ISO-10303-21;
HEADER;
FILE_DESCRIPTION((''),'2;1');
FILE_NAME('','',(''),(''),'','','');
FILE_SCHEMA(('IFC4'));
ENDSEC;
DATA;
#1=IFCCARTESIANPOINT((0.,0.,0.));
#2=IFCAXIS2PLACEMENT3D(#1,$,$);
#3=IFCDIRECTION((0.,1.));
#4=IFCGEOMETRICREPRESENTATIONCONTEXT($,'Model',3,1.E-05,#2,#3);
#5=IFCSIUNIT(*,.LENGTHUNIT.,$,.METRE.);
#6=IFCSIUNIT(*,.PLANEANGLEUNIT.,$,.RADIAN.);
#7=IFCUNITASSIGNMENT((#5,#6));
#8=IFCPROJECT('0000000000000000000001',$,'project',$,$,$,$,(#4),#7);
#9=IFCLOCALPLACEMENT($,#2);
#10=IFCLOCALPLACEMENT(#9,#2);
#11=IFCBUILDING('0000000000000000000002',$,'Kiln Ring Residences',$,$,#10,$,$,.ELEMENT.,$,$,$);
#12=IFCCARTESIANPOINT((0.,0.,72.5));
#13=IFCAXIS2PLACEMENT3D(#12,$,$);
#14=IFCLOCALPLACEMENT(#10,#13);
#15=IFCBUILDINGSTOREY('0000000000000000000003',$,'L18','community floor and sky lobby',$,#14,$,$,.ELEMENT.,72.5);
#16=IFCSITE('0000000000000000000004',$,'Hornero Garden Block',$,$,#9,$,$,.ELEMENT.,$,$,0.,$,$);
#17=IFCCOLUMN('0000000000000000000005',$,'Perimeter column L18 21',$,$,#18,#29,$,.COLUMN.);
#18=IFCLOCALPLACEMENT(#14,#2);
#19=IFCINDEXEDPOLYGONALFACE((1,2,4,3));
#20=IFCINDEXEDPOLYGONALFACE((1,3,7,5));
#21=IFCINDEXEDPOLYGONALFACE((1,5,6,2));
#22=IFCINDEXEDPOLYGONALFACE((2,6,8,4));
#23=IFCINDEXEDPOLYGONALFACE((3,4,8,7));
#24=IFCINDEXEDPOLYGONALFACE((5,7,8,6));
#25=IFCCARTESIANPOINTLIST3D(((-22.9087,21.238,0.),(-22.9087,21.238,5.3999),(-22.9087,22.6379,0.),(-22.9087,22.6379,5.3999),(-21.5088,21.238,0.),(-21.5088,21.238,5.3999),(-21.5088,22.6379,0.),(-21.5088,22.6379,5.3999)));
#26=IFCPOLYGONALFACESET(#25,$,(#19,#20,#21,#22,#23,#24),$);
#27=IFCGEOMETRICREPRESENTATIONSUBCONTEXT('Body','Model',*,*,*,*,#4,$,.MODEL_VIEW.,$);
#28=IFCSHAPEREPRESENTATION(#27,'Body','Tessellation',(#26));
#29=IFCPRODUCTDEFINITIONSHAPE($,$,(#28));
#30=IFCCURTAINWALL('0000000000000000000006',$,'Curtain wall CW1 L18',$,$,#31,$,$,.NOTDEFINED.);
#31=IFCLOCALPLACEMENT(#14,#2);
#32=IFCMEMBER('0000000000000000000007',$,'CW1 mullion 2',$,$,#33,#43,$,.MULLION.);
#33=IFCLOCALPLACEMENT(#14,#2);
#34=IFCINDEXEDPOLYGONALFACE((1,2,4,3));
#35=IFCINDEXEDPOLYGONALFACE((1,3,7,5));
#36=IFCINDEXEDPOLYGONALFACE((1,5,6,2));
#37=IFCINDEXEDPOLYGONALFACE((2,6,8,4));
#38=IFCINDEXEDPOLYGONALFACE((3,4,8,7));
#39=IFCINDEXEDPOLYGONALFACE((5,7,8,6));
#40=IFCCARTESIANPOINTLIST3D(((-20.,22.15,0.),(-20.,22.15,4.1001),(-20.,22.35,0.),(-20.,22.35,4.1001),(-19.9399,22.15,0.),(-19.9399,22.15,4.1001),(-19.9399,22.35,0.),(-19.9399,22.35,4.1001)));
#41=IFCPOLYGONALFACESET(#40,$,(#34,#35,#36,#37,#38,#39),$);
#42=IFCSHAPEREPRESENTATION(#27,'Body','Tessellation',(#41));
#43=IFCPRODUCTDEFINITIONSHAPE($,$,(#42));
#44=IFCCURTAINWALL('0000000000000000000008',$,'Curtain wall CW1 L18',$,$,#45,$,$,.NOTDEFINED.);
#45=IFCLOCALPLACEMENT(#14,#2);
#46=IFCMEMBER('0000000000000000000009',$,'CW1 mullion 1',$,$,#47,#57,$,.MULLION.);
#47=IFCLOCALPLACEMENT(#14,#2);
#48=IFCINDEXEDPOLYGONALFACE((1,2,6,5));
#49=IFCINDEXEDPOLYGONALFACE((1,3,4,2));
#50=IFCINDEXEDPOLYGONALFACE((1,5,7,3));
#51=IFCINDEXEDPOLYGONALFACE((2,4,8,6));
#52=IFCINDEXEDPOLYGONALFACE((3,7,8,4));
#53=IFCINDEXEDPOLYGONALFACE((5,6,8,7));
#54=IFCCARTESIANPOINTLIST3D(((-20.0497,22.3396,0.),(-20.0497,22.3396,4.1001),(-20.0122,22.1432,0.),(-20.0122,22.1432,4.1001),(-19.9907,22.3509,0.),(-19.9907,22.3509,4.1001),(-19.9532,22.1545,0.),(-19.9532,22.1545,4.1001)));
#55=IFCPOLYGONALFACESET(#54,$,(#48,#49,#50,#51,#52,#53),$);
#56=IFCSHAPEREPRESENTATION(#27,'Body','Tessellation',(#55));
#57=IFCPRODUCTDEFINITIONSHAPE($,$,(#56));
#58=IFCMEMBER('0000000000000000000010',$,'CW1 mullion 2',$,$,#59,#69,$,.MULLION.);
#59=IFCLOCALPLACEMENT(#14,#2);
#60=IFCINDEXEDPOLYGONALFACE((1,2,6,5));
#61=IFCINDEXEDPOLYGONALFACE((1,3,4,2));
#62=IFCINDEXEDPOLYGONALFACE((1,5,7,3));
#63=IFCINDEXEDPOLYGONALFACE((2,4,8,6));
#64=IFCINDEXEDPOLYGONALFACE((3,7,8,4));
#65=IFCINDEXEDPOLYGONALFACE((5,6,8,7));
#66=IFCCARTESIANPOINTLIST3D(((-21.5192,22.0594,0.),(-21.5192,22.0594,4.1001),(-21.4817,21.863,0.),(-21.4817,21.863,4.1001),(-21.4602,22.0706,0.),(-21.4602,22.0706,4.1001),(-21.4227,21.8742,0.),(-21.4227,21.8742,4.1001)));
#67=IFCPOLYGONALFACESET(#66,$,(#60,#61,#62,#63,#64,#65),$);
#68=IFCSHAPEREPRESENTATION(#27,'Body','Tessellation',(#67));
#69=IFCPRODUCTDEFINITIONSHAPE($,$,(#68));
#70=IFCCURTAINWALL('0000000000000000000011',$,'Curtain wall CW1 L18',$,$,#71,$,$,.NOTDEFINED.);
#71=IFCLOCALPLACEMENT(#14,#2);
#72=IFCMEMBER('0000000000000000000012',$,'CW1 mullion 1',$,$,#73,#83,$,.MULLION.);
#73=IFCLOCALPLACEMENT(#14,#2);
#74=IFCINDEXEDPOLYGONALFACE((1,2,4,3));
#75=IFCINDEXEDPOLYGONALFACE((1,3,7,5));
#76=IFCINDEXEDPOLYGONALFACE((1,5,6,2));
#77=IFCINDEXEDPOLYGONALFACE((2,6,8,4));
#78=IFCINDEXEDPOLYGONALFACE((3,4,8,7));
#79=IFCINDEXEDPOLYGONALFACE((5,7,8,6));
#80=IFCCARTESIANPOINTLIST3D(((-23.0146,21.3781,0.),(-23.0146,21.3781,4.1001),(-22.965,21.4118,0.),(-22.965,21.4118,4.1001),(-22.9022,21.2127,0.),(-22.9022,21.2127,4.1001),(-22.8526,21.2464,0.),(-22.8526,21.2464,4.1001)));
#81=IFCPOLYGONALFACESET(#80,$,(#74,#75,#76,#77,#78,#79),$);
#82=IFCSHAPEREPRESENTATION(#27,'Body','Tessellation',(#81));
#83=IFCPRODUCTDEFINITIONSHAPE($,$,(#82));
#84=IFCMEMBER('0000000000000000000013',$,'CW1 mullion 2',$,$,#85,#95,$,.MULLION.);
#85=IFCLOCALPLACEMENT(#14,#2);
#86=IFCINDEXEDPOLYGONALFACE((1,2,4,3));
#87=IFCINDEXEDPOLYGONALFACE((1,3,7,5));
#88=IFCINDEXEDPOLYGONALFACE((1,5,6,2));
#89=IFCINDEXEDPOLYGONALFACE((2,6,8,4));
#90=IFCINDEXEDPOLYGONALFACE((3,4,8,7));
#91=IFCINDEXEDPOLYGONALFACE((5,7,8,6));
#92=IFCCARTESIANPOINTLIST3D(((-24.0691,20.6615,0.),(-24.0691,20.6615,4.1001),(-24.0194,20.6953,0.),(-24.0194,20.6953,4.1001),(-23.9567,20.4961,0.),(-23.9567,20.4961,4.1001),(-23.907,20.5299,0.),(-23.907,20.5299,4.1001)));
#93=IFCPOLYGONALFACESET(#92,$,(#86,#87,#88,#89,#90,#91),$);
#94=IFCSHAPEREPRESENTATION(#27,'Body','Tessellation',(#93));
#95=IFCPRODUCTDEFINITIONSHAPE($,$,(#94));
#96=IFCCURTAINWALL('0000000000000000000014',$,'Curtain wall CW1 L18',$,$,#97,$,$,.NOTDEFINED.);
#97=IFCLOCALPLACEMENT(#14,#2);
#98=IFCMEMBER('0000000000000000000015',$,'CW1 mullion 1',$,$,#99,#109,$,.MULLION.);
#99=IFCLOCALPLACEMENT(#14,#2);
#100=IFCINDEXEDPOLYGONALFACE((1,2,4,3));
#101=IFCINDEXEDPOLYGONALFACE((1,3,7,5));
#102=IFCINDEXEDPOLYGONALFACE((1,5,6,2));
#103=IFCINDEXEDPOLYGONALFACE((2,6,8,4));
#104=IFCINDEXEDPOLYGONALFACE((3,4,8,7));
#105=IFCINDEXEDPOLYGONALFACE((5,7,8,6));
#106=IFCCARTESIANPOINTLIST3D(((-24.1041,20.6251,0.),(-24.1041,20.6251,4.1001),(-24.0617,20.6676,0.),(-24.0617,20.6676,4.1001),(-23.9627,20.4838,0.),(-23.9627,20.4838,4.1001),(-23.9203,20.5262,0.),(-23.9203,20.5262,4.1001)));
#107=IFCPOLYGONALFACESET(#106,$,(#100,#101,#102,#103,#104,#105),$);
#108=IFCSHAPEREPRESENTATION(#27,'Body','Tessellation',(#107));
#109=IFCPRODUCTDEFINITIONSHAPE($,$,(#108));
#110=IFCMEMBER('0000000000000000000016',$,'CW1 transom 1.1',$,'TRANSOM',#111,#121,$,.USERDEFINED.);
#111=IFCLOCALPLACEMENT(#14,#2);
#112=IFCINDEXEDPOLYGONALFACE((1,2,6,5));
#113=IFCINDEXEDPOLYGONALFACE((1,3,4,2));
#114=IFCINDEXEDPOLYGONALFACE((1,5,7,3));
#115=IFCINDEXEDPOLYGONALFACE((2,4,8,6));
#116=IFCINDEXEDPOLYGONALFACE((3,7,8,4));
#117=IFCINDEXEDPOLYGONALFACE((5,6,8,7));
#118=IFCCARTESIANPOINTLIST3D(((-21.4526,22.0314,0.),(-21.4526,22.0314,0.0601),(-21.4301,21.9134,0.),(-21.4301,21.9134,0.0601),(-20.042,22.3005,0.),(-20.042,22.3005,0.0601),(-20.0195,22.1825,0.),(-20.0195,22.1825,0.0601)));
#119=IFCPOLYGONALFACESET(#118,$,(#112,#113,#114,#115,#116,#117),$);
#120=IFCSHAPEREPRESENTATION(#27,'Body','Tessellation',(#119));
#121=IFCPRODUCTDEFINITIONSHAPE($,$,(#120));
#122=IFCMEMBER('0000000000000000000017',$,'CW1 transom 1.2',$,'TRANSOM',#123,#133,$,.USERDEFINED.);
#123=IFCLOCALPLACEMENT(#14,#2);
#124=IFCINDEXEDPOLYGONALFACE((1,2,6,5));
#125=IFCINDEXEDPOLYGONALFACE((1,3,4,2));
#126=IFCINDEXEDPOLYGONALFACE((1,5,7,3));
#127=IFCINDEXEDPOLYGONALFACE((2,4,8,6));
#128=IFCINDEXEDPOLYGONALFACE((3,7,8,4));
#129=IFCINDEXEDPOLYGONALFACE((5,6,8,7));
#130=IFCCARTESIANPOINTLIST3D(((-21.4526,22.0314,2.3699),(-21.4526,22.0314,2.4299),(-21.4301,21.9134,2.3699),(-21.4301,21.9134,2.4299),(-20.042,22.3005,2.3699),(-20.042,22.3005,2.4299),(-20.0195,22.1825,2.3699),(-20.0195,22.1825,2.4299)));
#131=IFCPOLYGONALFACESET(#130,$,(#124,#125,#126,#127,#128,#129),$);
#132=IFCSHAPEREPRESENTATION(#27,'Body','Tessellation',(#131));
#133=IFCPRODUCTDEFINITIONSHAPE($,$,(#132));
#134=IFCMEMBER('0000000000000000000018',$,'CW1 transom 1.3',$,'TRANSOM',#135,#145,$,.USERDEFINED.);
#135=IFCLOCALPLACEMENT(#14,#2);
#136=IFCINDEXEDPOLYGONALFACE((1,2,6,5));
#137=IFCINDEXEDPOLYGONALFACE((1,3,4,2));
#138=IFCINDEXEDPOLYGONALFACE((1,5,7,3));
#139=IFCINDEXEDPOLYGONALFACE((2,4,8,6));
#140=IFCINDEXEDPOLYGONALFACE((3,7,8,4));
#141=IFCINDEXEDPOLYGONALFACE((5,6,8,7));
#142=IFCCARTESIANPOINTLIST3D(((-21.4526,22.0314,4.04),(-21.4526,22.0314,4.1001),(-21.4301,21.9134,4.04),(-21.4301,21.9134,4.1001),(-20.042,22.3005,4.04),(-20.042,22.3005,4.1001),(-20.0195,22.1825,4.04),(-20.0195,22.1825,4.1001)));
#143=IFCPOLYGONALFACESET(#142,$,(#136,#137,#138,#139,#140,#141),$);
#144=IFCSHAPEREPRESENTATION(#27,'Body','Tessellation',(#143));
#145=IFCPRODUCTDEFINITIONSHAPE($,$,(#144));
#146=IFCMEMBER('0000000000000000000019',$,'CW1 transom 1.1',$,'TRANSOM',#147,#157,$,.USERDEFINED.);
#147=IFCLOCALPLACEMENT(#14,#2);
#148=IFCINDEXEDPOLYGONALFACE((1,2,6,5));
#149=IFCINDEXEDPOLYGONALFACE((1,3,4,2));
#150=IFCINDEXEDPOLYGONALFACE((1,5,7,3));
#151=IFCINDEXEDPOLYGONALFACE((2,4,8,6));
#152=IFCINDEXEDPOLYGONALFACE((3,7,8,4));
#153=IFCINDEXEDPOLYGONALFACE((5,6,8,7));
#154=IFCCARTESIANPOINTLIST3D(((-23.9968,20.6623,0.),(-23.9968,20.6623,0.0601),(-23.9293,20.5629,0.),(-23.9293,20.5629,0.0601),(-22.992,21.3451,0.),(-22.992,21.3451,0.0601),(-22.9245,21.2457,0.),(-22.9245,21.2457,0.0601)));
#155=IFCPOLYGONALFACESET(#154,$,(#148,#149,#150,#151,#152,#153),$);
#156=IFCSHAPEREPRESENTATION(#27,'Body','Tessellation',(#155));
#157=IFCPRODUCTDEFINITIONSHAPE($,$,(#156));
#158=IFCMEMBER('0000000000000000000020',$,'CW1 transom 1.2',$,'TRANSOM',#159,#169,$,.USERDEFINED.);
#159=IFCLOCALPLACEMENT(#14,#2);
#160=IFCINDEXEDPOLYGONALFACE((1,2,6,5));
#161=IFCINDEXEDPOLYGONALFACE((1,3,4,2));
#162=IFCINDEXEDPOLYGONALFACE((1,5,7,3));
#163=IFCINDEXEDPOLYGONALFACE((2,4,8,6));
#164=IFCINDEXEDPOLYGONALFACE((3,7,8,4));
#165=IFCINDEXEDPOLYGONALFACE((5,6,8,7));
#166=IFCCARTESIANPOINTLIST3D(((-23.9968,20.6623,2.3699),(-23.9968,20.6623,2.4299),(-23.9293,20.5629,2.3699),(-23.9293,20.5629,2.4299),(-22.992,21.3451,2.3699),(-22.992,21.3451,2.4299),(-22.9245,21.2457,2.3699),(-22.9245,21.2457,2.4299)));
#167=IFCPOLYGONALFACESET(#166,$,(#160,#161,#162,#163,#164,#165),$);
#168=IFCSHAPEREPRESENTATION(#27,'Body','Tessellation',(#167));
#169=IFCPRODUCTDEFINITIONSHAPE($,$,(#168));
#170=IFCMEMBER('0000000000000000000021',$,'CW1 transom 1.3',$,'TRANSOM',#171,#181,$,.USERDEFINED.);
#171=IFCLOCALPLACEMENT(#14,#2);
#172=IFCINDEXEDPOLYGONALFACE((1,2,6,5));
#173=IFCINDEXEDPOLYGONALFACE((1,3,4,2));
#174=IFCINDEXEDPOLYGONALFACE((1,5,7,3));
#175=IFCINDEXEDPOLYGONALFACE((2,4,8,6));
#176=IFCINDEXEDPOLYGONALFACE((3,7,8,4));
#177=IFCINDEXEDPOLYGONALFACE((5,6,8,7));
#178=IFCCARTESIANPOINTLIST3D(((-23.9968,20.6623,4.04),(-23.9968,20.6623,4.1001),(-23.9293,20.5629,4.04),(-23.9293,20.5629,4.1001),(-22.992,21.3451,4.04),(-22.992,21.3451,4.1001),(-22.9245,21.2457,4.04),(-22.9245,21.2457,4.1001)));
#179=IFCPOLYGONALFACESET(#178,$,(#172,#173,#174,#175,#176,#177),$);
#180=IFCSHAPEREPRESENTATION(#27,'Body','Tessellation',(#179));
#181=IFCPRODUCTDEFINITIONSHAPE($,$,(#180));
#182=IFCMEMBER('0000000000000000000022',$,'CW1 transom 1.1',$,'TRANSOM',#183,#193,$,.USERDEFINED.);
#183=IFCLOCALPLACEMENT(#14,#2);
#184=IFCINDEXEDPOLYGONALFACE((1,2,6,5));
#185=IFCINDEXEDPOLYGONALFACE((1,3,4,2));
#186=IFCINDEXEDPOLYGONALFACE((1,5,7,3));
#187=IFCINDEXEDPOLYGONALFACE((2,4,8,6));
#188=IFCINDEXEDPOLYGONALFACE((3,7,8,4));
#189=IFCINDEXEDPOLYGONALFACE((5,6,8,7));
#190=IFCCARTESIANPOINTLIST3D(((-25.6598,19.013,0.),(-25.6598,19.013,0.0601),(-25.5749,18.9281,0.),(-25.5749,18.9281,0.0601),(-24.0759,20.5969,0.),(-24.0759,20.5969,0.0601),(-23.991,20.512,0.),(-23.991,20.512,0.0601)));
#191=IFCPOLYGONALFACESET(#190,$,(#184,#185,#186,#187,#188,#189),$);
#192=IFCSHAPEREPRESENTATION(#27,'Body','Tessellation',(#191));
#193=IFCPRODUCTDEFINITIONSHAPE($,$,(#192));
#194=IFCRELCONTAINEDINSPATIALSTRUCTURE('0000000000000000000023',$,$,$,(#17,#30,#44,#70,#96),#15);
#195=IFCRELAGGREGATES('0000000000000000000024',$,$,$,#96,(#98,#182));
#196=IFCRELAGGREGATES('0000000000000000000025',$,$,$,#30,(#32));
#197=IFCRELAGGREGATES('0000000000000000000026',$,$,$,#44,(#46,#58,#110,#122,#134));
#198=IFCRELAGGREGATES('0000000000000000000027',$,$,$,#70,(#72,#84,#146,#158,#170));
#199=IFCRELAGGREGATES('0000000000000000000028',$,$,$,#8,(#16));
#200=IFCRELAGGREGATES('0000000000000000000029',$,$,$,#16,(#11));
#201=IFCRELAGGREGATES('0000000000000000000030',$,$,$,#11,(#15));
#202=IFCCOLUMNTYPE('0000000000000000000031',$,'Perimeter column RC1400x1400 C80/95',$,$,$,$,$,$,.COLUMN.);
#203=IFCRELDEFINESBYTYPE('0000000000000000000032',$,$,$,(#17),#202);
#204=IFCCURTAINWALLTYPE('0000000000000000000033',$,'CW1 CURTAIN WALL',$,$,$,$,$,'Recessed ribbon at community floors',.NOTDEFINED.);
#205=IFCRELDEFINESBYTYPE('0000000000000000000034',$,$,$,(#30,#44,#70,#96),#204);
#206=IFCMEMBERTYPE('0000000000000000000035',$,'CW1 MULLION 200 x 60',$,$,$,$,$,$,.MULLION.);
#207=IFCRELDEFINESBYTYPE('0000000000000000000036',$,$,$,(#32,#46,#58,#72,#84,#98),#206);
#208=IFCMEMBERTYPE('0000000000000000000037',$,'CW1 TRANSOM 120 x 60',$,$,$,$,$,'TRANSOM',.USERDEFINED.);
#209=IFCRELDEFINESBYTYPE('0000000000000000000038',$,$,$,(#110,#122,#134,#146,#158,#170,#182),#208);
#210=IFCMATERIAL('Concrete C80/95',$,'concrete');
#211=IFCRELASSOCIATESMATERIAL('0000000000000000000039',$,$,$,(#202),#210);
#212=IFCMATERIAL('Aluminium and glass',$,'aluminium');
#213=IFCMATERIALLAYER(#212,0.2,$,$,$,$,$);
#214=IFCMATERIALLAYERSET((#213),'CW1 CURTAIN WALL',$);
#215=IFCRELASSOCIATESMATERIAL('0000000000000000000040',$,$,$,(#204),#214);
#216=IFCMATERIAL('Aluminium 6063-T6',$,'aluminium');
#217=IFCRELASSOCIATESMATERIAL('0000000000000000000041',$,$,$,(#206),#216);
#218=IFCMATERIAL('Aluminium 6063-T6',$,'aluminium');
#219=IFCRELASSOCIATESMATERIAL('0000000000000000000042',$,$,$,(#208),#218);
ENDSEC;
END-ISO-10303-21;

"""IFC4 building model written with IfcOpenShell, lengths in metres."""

from ifc_helpers import new_model, si_unit, direction, frame, origin, origin_2d, place, context, subcontext, project, spatial, rectangle, extrude, material, layer, layer_set, material_profile, profile_set, type_object, element, aggregate, save


model = new_model("IFC4")

# Units and contexts
model_context = context("Model", 3, precision=1e-05, world=origin(), true_north=direction((0.0, 1.0)))
body_context = subcontext(model_context, "Body", "Model", "MODEL_VIEW")
ifc_project = project(units=[si_unit("LENGTHUNIT", "METRE"), si_unit("PLANEANGLEUNIT", "RADIAN")], contexts=[model_context])

# Site, building, storey
site_placement = place(None, origin())
site = spatial("IfcSite", under=ifc_project, at=site_placement, Name="Hornero Garden Block", CompositionType="ELEMENT", RefElevation=0.0)
building_placement = place(site_placement, origin())
building = spatial("IfcBuilding", under=site, at=building_placement, Name="Kiln Ring Residences", CompositionType="ELEMENT")
storey_placement = place(building_placement, frame((0.0, 0.0, 72.5)))
storey = spatial("IfcBuildingStorey", under=building, at=storey_placement, Name="L18", Description="community floor and sky lobby", CompositionType="ELEMENT", Elevation=72.5)

# Column
ifc_material_1 = material(Name="Concrete C80/95", Category="concrete")
ifc_material_profile_1 = material_profile(ifc_material_1, rectangle(XDim=1.3999, YDim=1.3999, at=origin_2d()), Name="RC1400x1400")
ifc_profile_set_1 = profile_set([ifc_material_profile_1], Name="Concrete C80/95")
column_type = type_object("IfcColumnType", Name="Perimeter column RC1400x1400 C80/95", PredefinedType="COLUMN", material=ifc_profile_set_1)
column_placement = place(storey_placement, frame((-22.2087, 21.938, 0.0), z_axis=(0.0, 0.0, 1.0), x_axis=(1.0, 0.0, 0.0)))
element("IfcColumn", 1, at=column_placement, inside=storey, type_object=column_type, Name="Perimeter column L18 21", PredefinedType="COLUMN", context=body_context, shape_type="SweptSolid", body=[
    extrude(rectangle(XDim=1.3999, YDim=1.3999, at=origin_2d()), origin(), (0.0, 0.0, 1.0), 5.3999),
])

# Curtain wall, member
ifc_material_2 = material(Name="Aluminium and glass", Category="aluminium")
ifc_layer_1 = layer(ifc_material_2, 0.2)
ifc_layer_set_1 = layer_set([ifc_layer_1], Name="CW1 CURTAIN WALL")
curtain_wall_type = type_object("IfcCurtainWallType", Name="CW1 CURTAIN WALL", ElementType="Recessed ribbon at community floors", PredefinedType="NOTDEFINED", material=ifc_layer_set_1)
placement = place(storey_placement, origin())
curtain_wall_1 = element("IfcCurtainWall", 2, at=placement, inside=storey, type_object=curtain_wall_type, Name="Curtain wall CW1 L18", PredefinedType="NOTDEFINED")
ifc_material_3 = material(Name="Aluminium 6063-T6", Category="aluminium")
ifc_material_profile_2 = material_profile(ifc_material_3, rectangle(XDim=0.2, YDim=0.0601, at=origin_2d()), Name="AL 200x60")
ifc_profile_set_2 = profile_set([ifc_material_profile_2], Name="Aluminium 6063-T6")
member_type_1 = type_object("IfcMemberType", Name="CW1 MULLION 200 x 60", PredefinedType="MULLION", material=ifc_profile_set_2)
member_1_placement = place(storey_placement, frame((-19.97, 22.25, 0.0), z_axis=(0.0, 0.0, 1.0), x_axis=(0.0, -1.0, 0.0)))
member_1 = element("IfcMember", 3, at=member_1_placement, type_object=member_type_1, Name="CW1 mullion 2", PredefinedType="MULLION", context=body_context, shape_type="SweptSolid", body=[
    extrude(rectangle(XDim=0.2, YDim=0.0601, at=origin_2d()), origin(), (0.0, 0.0, 1.0), 4.1001),
])

# Curtain walls, members
curtain_wall_2 = element("IfcCurtainWall", 4, at=placement, inside=storey, type_object=curtain_wall_type, Name="Curtain wall CW1 L18", PredefinedType="NOTDEFINED")
member_2_placement = place(storey_placement, frame((-20.0015, 22.2471, 0.0), z_axis=(0.0, 0.0, 1.0), x_axis=(0.187366, -0.98229, 0.0)))
member_2 = element("IfcMember", 5, at=member_2_placement, type_object=member_type_1, Name="CW1 mullion 1", PredefinedType="MULLION", context=body_context, shape_type="SweptSolid", body=[
    extrude(rectangle(XDim=0.2, YDim=0.0601, at=origin_2d()), origin(), (0.0, 0.0, 1.0), 4.1001),
])
member_3_placement = place(storey_placement, frame((-21.4709, 21.9668, 0.0), z_axis=(0.0, 0.0, 1.0), x_axis=(0.187366, -0.98229, 0.0)))
member_3 = element("IfcMember", 6, at=member_3_placement, type_object=member_type_1, Name="CW1 mullion 2", PredefinedType="MULLION", context=body_context, shape_type="SweptSolid", body=[
    extrude(rectangle(XDim=0.2, YDim=0.0601, at=origin_2d()), origin(), (0.0, 0.0, 1.0), 4.1001),
])
curtain_wall_3 = element("IfcCurtainWall", 7, at=placement, inside=storey, type_object=curtain_wall_type, Name="Curtain wall CW1 L18", PredefinedType="NOTDEFINED")
member_4_placement = place(storey_placement, frame((-22.9336, 21.3123, 0.0), z_axis=(0.0, 0.0, 1.0), x_axis=(0.562097, -0.827072, 0.0)))
member_4 = element("IfcMember", 8, at=member_4_placement, type_object=member_type_1, Name="CW1 mullion 1", PredefinedType="MULLION", context=body_context, shape_type="SweptSolid", body=[
    extrude(rectangle(XDim=0.2, YDim=0.0601, at=origin_2d()), origin(), (0.0, 0.0, 1.0), 4.1001),
])
member_5_placement = place(storey_placement, frame((-23.988, 20.5957, 0.0), z_axis=(0.0, 0.0, 1.0), x_axis=(0.562097, -0.827072, 0.0)))
member_5 = element("IfcMember", 9, at=member_5_placement, type_object=member_type_1, Name="CW1 mullion 2", PredefinedType="MULLION", context=body_context, shape_type="SweptSolid", body=[
    extrude(rectangle(XDim=0.2, YDim=0.0601, at=origin_2d()), origin(), (0.0, 0.0, 1.0), 4.1001),
])

# Curtain wall, member
curtain_wall_4 = element("IfcCurtainWall", 10, at=placement, inside=storey, type_object=curtain_wall_type, Name="Curtain wall CW1 L18", PredefinedType="NOTDEFINED")
member_6_placement = place(storey_placement, frame((-24.0122, 20.5757, 0.0), z_axis=(0.0, 0.0, 1.0), x_axis=(0.707107, -0.707107, 0.0)))
member_6 = element("IfcMember", 11, at=member_6_placement, type_object=member_type_1, Name="CW1 mullion 1", PredefinedType="MULLION", context=body_context, shape_type="SweptSolid", body=[
    extrude(rectangle(XDim=0.2, YDim=0.0601, at=origin_2d()), origin(), (0.0, 0.0, 1.0), 4.1001),
])

# Members
ifc_material_4 = material(Name="Aluminium 6063-T6", Category="aluminium")
ifc_material_profile_3 = material_profile(ifc_material_4, rectangle(XDim=0.1201, YDim=0.0601, at=origin_2d()), Name="AL 120x60")
ifc_profile_set_3 = profile_set([ifc_material_profile_3], Name="Aluminium 6063-T6")
member_type_2 = type_object("IfcMemberType", Name="CW1 TRANSOM 120 x 60", ElementType="TRANSOM", PredefinedType="USERDEFINED", material=ifc_profile_set_3)
member_7_placement = place(storey_placement, frame((-20.0308, 22.2415, 0.03), z_axis=(-0.982294, -0.187346, 0.0), x_axis=(0.187346, -0.982294, 0.0)))
member_7 = element("IfcMember", 12, at=member_7_placement, type_object=member_type_2, Name="CW1 transom 1.1", ObjectType="TRANSOM", PredefinedType="USERDEFINED", context=body_context, shape_type="SweptSolid", body=[
    extrude(rectangle(XDim=0.1201, YDim=0.0601, at=origin_2d()), origin(), (0.0, 0.0, 1.0), 1.436),
])
member_8_placement = place(storey_placement, frame((-20.0308, 22.2415, 2.3999), z_axis=(-0.982294, -0.187346, 0.0), x_axis=(0.187346, -0.982294, 0.0)))
member_8 = element("IfcMember", 13, at=member_8_placement, type_object=member_type_2, Name="CW1 transom 1.2", ObjectType="TRANSOM", PredefinedType="USERDEFINED", context=body_context, shape_type="SweptSolid", body=[
    extrude(rectangle(XDim=0.1201, YDim=0.0601, at=origin_2d()), origin(), (0.0, 0.0, 1.0), 1.436),
])
member_9_placement = place(storey_placement, frame((-20.0308, 22.2415, 4.0701), z_axis=(-0.982294, -0.187346, 0.0), x_axis=(0.187346, -0.982294, 0.0)))
member_9 = element("IfcMember", 14, at=member_9_placement, type_object=member_type_2, Name="CW1 transom 1.3", ObjectType="TRANSOM", PredefinedType="USERDEFINED", context=body_context, shape_type="SweptSolid", body=[
    extrude(rectangle(XDim=0.1201, YDim=0.0601, at=origin_2d()), origin(), (0.0, 0.0, 1.0), 1.436),
])
member_10_placement = place(storey_placement, frame((-22.9583, 21.2954, 0.03), z_axis=(-0.827102, -0.562052, 0.0), x_axis=(0.562052, -0.827102, 0.0)))
member_10 = element("IfcMember", 15, at=member_10_placement, type_object=member_type_2, Name="CW1 transom 1.1", ObjectType="TRANSOM", PredefinedType="USERDEFINED", context=body_context, shape_type="SweptSolid", body=[
    extrude(rectangle(XDim=0.1201, YDim=0.0601, at=origin_2d()), origin(), (0.0, 0.0, 1.0), 1.2148),
])
member_11_placement = place(storey_placement, frame((-22.9583, 21.2954, 2.3999), z_axis=(-0.827102, -0.562052, 0.0), x_axis=(0.562052, -0.827102, 0.0)))
member_11 = element("IfcMember", 16, at=member_11_placement, type_object=member_type_2, Name="CW1 transom 1.2", ObjectType="TRANSOM", PredefinedType="USERDEFINED", context=body_context, shape_type="SweptSolid", body=[
    extrude(rectangle(XDim=0.1201, YDim=0.0601, at=origin_2d()), origin(), (0.0, 0.0, 1.0), 1.2148),
])
member_12_placement = place(storey_placement, frame((-22.9583, 21.2954, 4.0701), z_axis=(-0.827102, -0.562052, 0.0), x_axis=(0.562052, -0.827102, 0.0)))
member_12 = element("IfcMember", 17, at=member_12_placement, type_object=member_type_2, Name="CW1 transom 1.3", ObjectType="TRANSOM", PredefinedType="USERDEFINED", context=body_context, shape_type="SweptSolid", body=[
    extrude(rectangle(XDim=0.1201, YDim=0.0601, at=origin_2d()), origin(), (0.0, 0.0, 1.0), 1.2148),
])
member_13_placement = place(storey_placement, frame((-24.0334, 20.5544, 0.03), z_axis=(-0.707107, -0.707107, 0.0), x_axis=(0.707107, -0.707107, 0.0)))
member_13 = element("IfcMember", 18, at=member_13_placement, type_object=member_type_2, Name="CW1 transom 1.1", ObjectType="TRANSOM", PredefinedType="USERDEFINED", context=body_context, shape_type="SweptSolid", body=[
    extrude(rectangle(XDim=0.1201, YDim=0.0601, at=origin_2d()), origin(), (0.0, 0.0, 1.0), 2.24),
])
aggregate(curtain_wall_4, [member_6, member_13])

aggregate(curtain_wall_1, [member_1])
aggregate(curtain_wall_2, [member_2, member_3, member_7, member_8, member_9])
aggregate(curtain_wall_3, [member_4, member_5, member_10, member_11, member_12])

save(model, "model.ifc")
